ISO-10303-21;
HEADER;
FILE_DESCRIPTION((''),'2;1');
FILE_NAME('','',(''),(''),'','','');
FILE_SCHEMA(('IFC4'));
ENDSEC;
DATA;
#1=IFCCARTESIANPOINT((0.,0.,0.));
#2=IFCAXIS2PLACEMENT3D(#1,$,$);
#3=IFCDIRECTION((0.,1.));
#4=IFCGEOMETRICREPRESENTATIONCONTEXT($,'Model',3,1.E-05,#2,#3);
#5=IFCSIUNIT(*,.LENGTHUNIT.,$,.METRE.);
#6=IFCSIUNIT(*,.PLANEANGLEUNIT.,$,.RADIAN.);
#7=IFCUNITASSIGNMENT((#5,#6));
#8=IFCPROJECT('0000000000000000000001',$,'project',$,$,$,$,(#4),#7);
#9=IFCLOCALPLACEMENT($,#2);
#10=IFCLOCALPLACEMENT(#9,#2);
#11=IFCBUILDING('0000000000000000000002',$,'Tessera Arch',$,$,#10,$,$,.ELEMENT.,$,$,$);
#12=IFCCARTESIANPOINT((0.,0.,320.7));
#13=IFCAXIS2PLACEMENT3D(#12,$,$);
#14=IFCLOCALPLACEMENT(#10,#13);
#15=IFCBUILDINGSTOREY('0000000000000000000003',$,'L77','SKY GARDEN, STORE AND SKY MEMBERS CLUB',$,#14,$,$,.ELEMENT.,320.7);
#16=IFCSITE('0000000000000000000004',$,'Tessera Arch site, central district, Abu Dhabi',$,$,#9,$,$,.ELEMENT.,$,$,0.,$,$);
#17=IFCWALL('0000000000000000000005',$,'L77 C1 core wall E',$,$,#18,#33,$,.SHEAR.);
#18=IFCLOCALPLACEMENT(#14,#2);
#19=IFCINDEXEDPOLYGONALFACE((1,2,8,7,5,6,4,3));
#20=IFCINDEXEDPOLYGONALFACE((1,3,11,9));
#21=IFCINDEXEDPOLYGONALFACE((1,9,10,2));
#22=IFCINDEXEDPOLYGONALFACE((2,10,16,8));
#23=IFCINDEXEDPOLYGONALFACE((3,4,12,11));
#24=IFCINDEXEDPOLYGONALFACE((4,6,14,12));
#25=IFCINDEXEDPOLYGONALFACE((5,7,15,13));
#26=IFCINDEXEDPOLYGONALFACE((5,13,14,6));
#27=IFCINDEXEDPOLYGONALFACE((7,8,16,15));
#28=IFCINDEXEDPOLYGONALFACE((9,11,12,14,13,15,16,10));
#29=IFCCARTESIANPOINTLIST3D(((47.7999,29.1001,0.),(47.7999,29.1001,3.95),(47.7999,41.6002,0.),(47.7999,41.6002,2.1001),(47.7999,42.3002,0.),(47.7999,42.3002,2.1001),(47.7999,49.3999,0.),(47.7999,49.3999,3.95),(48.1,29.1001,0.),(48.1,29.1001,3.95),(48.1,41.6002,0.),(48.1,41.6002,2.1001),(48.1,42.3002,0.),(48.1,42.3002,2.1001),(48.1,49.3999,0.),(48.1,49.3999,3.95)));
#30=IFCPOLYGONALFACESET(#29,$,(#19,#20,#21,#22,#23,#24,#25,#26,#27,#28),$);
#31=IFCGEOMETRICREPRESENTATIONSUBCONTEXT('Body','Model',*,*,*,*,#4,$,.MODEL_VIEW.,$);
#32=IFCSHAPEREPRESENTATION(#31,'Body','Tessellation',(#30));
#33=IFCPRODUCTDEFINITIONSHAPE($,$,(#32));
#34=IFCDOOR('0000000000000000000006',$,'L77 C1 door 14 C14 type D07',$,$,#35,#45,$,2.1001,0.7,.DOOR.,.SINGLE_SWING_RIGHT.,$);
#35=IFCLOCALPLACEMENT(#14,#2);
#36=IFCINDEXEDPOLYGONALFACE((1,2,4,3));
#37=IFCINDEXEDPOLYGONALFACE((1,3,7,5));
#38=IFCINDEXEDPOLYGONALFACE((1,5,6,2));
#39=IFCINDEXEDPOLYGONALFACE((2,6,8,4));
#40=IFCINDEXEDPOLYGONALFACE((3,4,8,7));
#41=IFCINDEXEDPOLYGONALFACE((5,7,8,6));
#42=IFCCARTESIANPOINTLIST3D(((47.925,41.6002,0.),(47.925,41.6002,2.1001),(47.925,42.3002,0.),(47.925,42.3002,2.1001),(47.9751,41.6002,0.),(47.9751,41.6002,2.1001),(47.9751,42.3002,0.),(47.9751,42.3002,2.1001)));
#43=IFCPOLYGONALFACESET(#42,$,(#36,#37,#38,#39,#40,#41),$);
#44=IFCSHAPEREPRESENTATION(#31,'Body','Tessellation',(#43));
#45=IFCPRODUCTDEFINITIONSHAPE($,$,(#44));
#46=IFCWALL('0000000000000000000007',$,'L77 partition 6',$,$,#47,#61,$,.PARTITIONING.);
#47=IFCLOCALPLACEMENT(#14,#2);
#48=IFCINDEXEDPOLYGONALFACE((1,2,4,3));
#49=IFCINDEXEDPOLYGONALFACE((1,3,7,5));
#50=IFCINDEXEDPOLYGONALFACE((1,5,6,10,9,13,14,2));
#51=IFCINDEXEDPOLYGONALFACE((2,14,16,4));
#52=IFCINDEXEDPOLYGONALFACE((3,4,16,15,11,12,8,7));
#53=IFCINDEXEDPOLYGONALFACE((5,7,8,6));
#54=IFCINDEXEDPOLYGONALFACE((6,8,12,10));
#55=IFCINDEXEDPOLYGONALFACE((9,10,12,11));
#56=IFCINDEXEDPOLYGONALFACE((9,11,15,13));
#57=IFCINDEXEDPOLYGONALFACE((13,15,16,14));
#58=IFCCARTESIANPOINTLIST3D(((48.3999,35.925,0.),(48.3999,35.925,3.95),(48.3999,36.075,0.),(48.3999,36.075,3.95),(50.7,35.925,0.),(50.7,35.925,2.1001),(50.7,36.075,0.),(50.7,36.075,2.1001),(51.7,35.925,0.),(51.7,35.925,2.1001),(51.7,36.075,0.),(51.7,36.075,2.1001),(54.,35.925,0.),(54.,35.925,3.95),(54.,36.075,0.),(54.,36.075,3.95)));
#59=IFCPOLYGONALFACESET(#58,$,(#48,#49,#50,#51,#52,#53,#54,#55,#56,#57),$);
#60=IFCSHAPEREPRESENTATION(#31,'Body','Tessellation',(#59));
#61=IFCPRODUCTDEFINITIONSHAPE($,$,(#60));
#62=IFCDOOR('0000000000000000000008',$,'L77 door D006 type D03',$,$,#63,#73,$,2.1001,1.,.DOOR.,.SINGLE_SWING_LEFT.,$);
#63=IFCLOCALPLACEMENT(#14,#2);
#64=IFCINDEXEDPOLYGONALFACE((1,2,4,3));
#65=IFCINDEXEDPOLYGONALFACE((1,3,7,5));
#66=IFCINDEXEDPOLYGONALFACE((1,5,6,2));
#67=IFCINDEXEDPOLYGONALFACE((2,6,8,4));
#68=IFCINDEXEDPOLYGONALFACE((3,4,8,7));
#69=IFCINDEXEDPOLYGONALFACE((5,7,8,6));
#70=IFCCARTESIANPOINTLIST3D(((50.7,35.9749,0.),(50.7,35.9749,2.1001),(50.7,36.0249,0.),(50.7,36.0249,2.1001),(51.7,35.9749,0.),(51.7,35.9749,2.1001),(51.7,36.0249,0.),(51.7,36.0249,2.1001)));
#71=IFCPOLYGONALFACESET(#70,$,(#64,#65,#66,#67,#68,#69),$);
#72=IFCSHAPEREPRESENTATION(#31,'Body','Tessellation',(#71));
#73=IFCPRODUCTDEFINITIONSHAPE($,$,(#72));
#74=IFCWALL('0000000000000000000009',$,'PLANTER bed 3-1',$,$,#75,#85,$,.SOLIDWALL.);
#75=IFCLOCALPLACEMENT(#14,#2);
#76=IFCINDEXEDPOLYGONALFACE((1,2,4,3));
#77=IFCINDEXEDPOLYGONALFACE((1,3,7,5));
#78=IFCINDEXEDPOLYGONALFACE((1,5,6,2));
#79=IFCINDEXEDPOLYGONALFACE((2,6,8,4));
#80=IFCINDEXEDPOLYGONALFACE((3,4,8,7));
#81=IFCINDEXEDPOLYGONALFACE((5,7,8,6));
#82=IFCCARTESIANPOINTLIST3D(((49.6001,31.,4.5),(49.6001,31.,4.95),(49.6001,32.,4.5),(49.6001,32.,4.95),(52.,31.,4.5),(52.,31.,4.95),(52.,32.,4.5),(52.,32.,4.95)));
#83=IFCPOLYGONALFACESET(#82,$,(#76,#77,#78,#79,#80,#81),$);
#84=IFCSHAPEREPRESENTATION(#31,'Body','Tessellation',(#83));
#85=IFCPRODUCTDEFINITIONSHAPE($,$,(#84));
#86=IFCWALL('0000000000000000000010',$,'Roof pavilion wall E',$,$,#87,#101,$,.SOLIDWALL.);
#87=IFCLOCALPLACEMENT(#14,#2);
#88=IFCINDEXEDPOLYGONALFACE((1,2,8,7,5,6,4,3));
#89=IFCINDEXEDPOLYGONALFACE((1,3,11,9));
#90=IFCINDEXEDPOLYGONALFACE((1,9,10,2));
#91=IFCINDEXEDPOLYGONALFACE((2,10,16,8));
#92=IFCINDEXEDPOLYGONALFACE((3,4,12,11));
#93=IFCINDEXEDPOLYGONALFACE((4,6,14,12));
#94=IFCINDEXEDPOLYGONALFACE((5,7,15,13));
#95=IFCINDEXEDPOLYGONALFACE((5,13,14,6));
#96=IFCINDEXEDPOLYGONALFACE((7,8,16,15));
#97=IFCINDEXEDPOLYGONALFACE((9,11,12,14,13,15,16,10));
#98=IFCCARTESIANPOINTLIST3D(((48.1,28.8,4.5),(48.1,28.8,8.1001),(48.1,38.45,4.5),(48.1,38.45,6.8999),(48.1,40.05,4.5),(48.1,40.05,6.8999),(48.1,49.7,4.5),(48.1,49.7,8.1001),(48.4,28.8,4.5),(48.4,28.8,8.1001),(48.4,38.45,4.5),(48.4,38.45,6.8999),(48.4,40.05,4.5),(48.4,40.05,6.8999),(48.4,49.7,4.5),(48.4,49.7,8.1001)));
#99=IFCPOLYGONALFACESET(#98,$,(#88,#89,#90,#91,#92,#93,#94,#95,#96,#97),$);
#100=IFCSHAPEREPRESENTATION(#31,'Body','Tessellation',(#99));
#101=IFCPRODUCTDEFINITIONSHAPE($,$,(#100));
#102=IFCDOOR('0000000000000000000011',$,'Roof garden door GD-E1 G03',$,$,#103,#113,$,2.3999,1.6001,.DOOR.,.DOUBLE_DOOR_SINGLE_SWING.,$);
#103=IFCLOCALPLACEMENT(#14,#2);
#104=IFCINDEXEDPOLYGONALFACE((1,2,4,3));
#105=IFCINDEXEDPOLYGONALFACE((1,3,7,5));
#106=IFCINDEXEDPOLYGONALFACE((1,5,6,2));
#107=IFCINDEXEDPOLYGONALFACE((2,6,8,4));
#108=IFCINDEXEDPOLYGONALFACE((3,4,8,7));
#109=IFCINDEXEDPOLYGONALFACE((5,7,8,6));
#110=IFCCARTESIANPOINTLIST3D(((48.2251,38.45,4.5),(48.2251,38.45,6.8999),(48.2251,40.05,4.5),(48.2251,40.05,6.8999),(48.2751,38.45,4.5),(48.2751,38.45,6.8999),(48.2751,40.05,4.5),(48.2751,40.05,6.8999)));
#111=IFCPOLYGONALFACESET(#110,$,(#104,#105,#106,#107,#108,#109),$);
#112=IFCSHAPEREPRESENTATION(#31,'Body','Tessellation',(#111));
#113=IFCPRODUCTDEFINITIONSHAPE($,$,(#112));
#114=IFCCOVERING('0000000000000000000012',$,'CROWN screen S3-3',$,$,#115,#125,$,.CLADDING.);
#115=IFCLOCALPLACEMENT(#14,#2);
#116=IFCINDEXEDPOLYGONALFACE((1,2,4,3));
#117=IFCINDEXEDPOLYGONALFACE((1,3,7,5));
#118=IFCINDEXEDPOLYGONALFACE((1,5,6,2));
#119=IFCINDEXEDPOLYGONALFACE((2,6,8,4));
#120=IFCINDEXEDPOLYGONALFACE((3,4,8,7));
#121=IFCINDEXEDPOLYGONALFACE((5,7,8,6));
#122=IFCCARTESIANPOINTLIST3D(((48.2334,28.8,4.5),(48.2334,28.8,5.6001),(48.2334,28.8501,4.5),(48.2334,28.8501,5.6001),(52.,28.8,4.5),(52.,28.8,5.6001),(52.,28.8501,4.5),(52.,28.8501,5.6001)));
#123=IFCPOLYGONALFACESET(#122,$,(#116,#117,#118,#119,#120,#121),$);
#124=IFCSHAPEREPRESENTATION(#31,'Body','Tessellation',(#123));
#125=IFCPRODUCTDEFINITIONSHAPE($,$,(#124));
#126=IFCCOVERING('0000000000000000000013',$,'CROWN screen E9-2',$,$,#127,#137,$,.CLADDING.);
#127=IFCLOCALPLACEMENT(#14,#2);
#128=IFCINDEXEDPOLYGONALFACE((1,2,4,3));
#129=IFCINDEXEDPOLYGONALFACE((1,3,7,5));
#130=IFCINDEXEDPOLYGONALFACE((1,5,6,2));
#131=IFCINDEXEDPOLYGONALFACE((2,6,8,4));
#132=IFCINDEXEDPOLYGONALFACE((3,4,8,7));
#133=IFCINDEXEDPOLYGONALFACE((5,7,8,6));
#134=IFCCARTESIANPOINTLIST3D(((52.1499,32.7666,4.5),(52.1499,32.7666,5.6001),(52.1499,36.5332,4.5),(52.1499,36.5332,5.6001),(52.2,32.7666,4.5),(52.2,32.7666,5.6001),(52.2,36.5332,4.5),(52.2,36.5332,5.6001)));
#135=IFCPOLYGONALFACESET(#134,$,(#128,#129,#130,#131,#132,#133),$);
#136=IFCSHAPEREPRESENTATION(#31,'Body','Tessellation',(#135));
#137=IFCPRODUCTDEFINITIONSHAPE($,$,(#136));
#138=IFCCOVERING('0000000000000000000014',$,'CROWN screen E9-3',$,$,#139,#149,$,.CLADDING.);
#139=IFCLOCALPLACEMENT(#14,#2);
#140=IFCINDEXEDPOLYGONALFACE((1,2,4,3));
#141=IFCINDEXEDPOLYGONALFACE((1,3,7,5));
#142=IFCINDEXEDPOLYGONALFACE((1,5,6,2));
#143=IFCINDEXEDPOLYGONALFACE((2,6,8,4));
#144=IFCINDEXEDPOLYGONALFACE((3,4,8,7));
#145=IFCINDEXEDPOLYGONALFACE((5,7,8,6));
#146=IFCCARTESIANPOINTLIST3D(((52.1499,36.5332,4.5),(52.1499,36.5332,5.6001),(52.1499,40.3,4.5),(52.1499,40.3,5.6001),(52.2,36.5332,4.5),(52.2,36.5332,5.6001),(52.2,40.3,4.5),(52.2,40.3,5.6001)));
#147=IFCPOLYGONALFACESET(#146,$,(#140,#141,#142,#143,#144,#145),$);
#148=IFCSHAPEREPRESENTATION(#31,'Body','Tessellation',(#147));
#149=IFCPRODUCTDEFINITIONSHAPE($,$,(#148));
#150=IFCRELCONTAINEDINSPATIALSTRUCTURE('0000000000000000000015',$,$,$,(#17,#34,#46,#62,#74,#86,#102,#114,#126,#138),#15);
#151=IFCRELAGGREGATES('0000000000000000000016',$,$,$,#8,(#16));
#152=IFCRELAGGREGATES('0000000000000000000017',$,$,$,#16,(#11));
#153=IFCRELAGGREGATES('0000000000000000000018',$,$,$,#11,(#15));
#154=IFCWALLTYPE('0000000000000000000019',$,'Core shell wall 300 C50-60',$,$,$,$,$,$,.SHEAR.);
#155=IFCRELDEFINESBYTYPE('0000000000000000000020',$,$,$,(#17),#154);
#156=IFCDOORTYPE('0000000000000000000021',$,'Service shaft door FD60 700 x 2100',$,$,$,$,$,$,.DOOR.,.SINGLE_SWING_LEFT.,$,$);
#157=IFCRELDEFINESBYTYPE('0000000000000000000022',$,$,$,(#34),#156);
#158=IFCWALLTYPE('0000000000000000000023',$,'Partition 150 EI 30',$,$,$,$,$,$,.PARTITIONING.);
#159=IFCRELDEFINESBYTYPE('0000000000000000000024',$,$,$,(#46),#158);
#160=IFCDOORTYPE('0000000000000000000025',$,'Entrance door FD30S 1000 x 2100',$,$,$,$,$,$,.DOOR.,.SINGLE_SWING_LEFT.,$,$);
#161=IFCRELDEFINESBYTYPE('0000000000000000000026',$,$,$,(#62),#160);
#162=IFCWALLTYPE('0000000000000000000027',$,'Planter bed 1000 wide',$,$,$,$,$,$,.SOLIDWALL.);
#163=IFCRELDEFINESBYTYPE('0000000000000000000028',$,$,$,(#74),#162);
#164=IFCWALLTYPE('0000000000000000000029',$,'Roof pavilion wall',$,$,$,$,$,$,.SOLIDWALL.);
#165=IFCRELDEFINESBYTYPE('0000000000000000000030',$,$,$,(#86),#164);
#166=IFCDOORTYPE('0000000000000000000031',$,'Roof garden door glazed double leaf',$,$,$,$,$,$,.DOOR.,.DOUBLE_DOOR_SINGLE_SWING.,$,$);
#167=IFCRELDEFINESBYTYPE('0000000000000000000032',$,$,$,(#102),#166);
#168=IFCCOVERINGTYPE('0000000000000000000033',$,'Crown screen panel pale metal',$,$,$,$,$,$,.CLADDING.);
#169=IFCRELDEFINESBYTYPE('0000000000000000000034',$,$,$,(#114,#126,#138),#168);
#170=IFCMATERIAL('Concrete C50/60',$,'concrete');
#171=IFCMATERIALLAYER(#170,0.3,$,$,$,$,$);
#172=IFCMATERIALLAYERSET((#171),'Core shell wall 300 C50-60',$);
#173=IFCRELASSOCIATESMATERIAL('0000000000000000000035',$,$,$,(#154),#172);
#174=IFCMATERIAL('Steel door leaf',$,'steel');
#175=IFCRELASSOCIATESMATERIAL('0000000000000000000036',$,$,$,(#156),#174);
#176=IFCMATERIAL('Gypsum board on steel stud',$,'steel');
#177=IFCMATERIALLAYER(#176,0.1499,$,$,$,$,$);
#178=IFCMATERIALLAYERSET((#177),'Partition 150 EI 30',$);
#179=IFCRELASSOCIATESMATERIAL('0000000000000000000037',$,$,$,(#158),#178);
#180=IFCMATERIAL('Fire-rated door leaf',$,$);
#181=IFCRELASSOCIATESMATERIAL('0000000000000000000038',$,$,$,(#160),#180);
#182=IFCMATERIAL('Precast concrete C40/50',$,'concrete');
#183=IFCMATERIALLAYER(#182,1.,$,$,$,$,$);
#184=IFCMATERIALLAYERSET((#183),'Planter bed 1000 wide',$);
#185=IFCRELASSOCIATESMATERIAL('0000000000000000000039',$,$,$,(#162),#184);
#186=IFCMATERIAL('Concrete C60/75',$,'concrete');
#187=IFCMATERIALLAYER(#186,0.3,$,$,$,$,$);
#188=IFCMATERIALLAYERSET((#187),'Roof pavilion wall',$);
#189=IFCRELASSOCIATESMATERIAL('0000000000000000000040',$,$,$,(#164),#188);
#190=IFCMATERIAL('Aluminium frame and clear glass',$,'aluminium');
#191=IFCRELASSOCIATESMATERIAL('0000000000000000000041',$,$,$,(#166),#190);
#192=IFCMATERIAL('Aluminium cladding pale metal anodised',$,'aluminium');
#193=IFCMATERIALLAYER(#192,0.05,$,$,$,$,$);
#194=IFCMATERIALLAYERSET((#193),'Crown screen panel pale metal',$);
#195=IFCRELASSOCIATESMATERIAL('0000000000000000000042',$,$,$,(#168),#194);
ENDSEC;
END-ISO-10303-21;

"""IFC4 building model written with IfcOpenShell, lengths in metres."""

from ifc_helpers import new_model, si_unit, direction, frame, frame_2d, origin, place, context, subcontext, project, spatial, polyline, rectangle, outline, extrude, material, layer, layer_set, type_object, element, fill, save


model = new_model("IFC4")

# Units and contexts
model_context = context("Model", 3, precision=1e-05, world=origin(), true_north=direction((0.0, 1.0)))
body_context = subcontext(model_context, "Body", "Model", "MODEL_VIEW")
ifc_project = project(units=[si_unit("LENGTHUNIT", "METRE"), si_unit("PLANEANGLEUNIT", "RADIAN")], contexts=[model_context])

# Site, building, storey
site_placement = place(None, origin())
site = spatial("IfcSite", under=ifc_project, at=site_placement, Name="Tessera Arch site, central district, Abu Dhabi", CompositionType="ELEMENT", RefElevation=0.0)
building_placement = place(site_placement, origin())
building = spatial("IfcBuilding", under=site, at=building_placement, Name="Tessera Arch", CompositionType="ELEMENT")
storey_placement = place(building_placement, frame((0.0, 0.0, 320.7)))
storey = spatial("IfcBuildingStorey", under=building, at=storey_placement, Name="L77", Description="SKY GARDEN, STORE AND SKY MEMBERS CLUB", CompositionType="ELEMENT", Elevation=320.7)

# Walls, openings, doors
ifc_material_1 = material(Name="Concrete C50/60", Category="concrete")
ifc_layer_1 = layer(ifc_material_1, 0.3)
ifc_layer_set_1 = layer_set([ifc_layer_1], Name="Core shell wall 300 C50-60")
wall_type_1 = type_object("IfcWallType", Name="Core shell wall 300 C50-60", PredefinedType="SHEAR", material=ifc_layer_set_1)
wall_1_placement = place(storey_placement, frame((47.95, 29.1001, 0.0), z_axis=(0.0, 0.0, 1.0), x_axis=(0.0, 1.0, 0.0)))
wall_1 = element("IfcWall", 1, at=wall_1_placement, inside=storey, type_object=wall_type_1, Name="L77 C1 core wall E", PredefinedType="SHEAR", context=body_context, shape_type="SweptSolid", body=[
    extrude(rectangle(XDim=20.2998, YDim=0.3, at=frame_2d((10.1499, 0.0))), origin(), (0.0, 0.0, 1.0), 3.95),
])
opening_1_placement = place(wall_1_placement, frame((12.5, 0.0, 0.0)))
opening_1 = element("IfcOpeningElement", 2, at=opening_1_placement, cuts=wall_1, PredefinedType="OPENING", context=body_context, shape_type="SweptSolid", body=[
    extrude(rectangle(XDim=0.7, YDim=2.1001, at=frame_2d((0.3501, 1.05))), frame((0.0, 0.1599, 0.0), z_axis=(0.0, -1.0, 0.0), x_axis=(1.0, 0.0, 0.0)), (0.0, 0.0, 1.0), 0.3201),
])
ifc_material_2 = material(Name="Steel door leaf", Category="steel")
door_type_1 = type_object("IfcDoorType", Name="Service shaft door FD60 700 x 2100", OperationType="SINGLE_SWING_LEFT", PredefinedType="DOOR", material=ifc_material_2)
door_1_placement = place(opening_1_placement, origin())
door_1 = element("IfcDoor", 3, at=door_1_placement, inside=storey, type_object=door_type_1, Name="L77 C1 door 14 C14 type D07", OperationType="SINGLE_SWING_RIGHT", OverallHeight=2.1001, OverallWidth=0.7, PredefinedType="DOOR", context=body_context, shape_type="SweptSolid", body=[
    extrude(rectangle(XDim=0.7, YDim=2.1001, at=frame_2d((0.3501, 1.05))), frame((0.0, 0.0249, 0.0), z_axis=(0.0, -1.0, 0.0), x_axis=(1.0, 0.0, 0.0)), (0.0, 0.0, 1.0), 0.05),
])
fill(opening_1, door_1)
ifc_material_3 = material(Name="Gypsum board on steel stud", Category="steel")
ifc_layer_2 = layer(ifc_material_3, 0.1499)
ifc_layer_set_2 = layer_set([ifc_layer_2], Name="Partition 150 EI 30")
wall_type_2 = type_object("IfcWallType", Name="Partition 150 EI 30", PredefinedType="PARTITIONING", material=ifc_layer_set_2)
wall_2_placement = place(storey_placement, frame((48.3999, 36.0, 0.0), z_axis=(0.0, 0.0, 1.0), x_axis=(1.0, 0.0, 0.0)))
wall_2 = element("IfcWall", 4, at=wall_2_placement, inside=storey, type_object=wall_type_2, Name="L77 partition 6", PredefinedType="PARTITIONING", context=body_context, shape_type="SweptSolid", body=[
    extrude(rectangle(XDim=5.6001, YDim=0.1499, at=frame_2d((2.8, 0.0))), origin(), (0.0, 0.0, 1.0), 3.95),
])
opening_2_placement = place(wall_2_placement, frame((2.3, 0.0, 0.0)))
opening_2 = element("IfcOpeningElement", 5, at=opening_2_placement, cuts=wall_2, PredefinedType="OPENING", context=body_context, shape_type="SweptSolid", body=[
    extrude(rectangle(XDim=1.0, YDim=2.1001, at=frame_2d((0.5, 1.05))), frame((0.0, 0.085, 0.0), z_axis=(0.0, -1.0, 0.0), x_axis=(1.0, 0.0, 0.0)), (0.0, 0.0, 1.0), 0.1699),
])
ifc_material_4 = material(Name="Fire-rated door leaf")
door_type_2 = type_object("IfcDoorType", Name="Entrance door FD30S 1000 x 2100", OperationType="SINGLE_SWING_LEFT", PredefinedType="DOOR", material=ifc_material_4)
door_2_placement = place(opening_2_placement, origin())
door_2 = element("IfcDoor", 6, at=door_2_placement, inside=storey, type_object=door_type_2, Name="L77 door D006 type D03", OperationType="SINGLE_SWING_LEFT", OverallHeight=2.1001, OverallWidth=1.0, PredefinedType="DOOR", context=body_context, shape_type="SweptSolid", body=[
    extrude(rectangle(XDim=1.0, YDim=2.1001, at=frame_2d((0.5, 1.05))), frame((0.0, 0.0249, 0.0), z_axis=(0.0, -1.0, 0.0), x_axis=(1.0, 0.0, 0.0)), (0.0, 0.0, 1.0), 0.05),
])
fill(opening_2, door_2)

# Wall
ifc_material_5 = material(Name="Precast concrete C40/50", Category="concrete")
ifc_layer_3 = layer(ifc_material_5, 1.0)
ifc_layer_set_3 = layer_set([ifc_layer_3], Name="Planter bed 1000 wide")
wall_type_3 = type_object("IfcWallType", Name="Planter bed 1000 wide", PredefinedType="SOLIDWALL", material=ifc_layer_set_3)
wall_3_placement = place(storey_placement, frame((49.6001, 31.5, 4.5), z_axis=(0.0, 0.0, 1.0), x_axis=(1.0, 0.0, 0.0)))
element("IfcWall", 7, at=wall_3_placement, inside=storey, type_object=wall_type_3, Name="PLANTER bed 3-1", PredefinedType="SOLIDWALL", context=body_context, shape_type="SweptSolid", body=[
    extrude(rectangle(XDim=2.3999, YDim=1.0, at=frame_2d((1.2, 0.0))), origin(), (0.0, 0.0, 1.0), 0.45),
])

# Wall, opening, door
ifc_material_6 = material(Name="Concrete C60/75", Category="concrete")
ifc_layer_4 = layer(ifc_material_6, 0.3)
ifc_layer_set_4 = layer_set([ifc_layer_4], Name="Roof pavilion wall")
wall_type_4 = type_object("IfcWallType", Name="Roof pavilion wall", PredefinedType="SOLIDWALL", material=ifc_layer_set_4)
wall_4_placement = place(storey_placement, frame((48.25, 28.8, 4.5), z_axis=(0.0, 0.0, 1.0), x_axis=(0.0, 1.0, 0.0)))
wall_4 = element("IfcWall", 8, at=wall_4_placement, inside=storey, type_object=wall_type_4, Name="Roof pavilion wall E", PredefinedType="SOLIDWALL", context=body_context, shape_type="SweptSolid", body=[
    extrude(rectangle(XDim=20.8999, YDim=0.3, at=frame_2d((10.45, 0.0))), origin(), (0.0, 0.0, 1.0), 3.6001),
])
opening_3_placement = place(wall_4_placement, frame((9.6499, 0.0, 0.0)))
opening_3 = element("IfcOpeningElement", 9, at=opening_3_placement, cuts=wall_4, PredefinedType="OPENING", context=body_context, shape_type="SweptSolid", body=[
    extrude(rectangle(XDim=1.6001, YDim=2.3999, at=frame_2d((0.8, 1.2))), frame((0.0, 0.1599, 0.0), z_axis=(0.0, -1.0, 0.0), x_axis=(1.0, 0.0, 0.0)), (0.0, 0.0, 1.0), 0.3201),
])
ifc_material_7 = material(Name="Aluminium frame and clear glass", Category="aluminium")
door_type_3 = type_object("IfcDoorType", Name="Roof garden door glazed double leaf", OperationType="DOUBLE_DOOR_SINGLE_SWING", PredefinedType="DOOR", material=ifc_material_7)
door_3_placement = place(opening_3_placement, origin())
door_3 = element("IfcDoor", 10, at=door_3_placement, inside=storey, type_object=door_type_3, Name="Roof garden door GD-E1 G03", OperationType="DOUBLE_DOOR_SINGLE_SWING", OverallHeight=2.3999, OverallWidth=1.6001, PredefinedType="DOOR", context=body_context, shape_type="SweptSolid", body=[
    extrude(rectangle(XDim=1.6001, YDim=2.3999, at=frame_2d((0.8, 1.2))), frame((0.0, 0.0249, 0.0), z_axis=(0.0, -1.0, 0.0), x_axis=(1.0, 0.0, 0.0)), (0.0, 0.0, 1.0), 0.05),
])
fill(opening_3, door_3)

# Coverings
ifc_material_8 = material(Name="Aluminium cladding pale metal anodised", Category="aluminium")
ifc_layer_5 = layer(ifc_material_8, 0.05)
ifc_layer_set_5 = layer_set([ifc_layer_5], Name="Crown screen panel pale metal")
covering_type = type_object("IfcCoveringType", Name="Crown screen panel pale metal", PredefinedType="CLADDING", material=ifc_layer_set_5)
for number, where, z_axis, x_axis, name in (
    (11, (48.2334, 28.8, 4.5), (0.0, -1.0, 0.0), (1.0, 0.0, 0.0), "CROWN screen S3-3"),
    (12, (52.2, 32.7666, 4.5), (1.0, 0.0, 0.0), (0.0, 1.0, 0.0), "CROWN screen E9-2"),
):
    element("IfcCovering", number, at=place(storey_placement, frame(where, z_axis=z_axis, x_axis=x_axis)), inside=storey, type_object=covering_type, Name=name, PredefinedType="CLADDING", context=body_context, shape_type="SweptSolid", body=[
        extrude(outline(polyline([(0.0, 0.0), (3.7666, 0.0), (3.7666, 1.1001), (0.0, 1.1001), (0.0, 0.0)])), origin(), (0.0, 0.0, -1.0), 0.05),
    ])
covering_placement = place(storey_placement, frame((52.2, 36.5332, 4.5), z_axis=(1.0, 0.0, 0.0), x_axis=(0.0, 1.0, 0.0)))
element("IfcCovering", 13, at=covering_placement, inside=storey, type_object=covering_type, Name="CROWN screen E9-3", PredefinedType="CLADDING", context=body_context, shape_type="SweptSolid", body=[
    extrude(outline(polyline([(0.0, 0.0), (3.7668, 0.0), (3.7668, 1.1001), (0.0, 1.1001), (0.0, 0.0)])), origin(), (0.0, 0.0, -1.0), 0.05),
])

save(model, "model.ifc")
